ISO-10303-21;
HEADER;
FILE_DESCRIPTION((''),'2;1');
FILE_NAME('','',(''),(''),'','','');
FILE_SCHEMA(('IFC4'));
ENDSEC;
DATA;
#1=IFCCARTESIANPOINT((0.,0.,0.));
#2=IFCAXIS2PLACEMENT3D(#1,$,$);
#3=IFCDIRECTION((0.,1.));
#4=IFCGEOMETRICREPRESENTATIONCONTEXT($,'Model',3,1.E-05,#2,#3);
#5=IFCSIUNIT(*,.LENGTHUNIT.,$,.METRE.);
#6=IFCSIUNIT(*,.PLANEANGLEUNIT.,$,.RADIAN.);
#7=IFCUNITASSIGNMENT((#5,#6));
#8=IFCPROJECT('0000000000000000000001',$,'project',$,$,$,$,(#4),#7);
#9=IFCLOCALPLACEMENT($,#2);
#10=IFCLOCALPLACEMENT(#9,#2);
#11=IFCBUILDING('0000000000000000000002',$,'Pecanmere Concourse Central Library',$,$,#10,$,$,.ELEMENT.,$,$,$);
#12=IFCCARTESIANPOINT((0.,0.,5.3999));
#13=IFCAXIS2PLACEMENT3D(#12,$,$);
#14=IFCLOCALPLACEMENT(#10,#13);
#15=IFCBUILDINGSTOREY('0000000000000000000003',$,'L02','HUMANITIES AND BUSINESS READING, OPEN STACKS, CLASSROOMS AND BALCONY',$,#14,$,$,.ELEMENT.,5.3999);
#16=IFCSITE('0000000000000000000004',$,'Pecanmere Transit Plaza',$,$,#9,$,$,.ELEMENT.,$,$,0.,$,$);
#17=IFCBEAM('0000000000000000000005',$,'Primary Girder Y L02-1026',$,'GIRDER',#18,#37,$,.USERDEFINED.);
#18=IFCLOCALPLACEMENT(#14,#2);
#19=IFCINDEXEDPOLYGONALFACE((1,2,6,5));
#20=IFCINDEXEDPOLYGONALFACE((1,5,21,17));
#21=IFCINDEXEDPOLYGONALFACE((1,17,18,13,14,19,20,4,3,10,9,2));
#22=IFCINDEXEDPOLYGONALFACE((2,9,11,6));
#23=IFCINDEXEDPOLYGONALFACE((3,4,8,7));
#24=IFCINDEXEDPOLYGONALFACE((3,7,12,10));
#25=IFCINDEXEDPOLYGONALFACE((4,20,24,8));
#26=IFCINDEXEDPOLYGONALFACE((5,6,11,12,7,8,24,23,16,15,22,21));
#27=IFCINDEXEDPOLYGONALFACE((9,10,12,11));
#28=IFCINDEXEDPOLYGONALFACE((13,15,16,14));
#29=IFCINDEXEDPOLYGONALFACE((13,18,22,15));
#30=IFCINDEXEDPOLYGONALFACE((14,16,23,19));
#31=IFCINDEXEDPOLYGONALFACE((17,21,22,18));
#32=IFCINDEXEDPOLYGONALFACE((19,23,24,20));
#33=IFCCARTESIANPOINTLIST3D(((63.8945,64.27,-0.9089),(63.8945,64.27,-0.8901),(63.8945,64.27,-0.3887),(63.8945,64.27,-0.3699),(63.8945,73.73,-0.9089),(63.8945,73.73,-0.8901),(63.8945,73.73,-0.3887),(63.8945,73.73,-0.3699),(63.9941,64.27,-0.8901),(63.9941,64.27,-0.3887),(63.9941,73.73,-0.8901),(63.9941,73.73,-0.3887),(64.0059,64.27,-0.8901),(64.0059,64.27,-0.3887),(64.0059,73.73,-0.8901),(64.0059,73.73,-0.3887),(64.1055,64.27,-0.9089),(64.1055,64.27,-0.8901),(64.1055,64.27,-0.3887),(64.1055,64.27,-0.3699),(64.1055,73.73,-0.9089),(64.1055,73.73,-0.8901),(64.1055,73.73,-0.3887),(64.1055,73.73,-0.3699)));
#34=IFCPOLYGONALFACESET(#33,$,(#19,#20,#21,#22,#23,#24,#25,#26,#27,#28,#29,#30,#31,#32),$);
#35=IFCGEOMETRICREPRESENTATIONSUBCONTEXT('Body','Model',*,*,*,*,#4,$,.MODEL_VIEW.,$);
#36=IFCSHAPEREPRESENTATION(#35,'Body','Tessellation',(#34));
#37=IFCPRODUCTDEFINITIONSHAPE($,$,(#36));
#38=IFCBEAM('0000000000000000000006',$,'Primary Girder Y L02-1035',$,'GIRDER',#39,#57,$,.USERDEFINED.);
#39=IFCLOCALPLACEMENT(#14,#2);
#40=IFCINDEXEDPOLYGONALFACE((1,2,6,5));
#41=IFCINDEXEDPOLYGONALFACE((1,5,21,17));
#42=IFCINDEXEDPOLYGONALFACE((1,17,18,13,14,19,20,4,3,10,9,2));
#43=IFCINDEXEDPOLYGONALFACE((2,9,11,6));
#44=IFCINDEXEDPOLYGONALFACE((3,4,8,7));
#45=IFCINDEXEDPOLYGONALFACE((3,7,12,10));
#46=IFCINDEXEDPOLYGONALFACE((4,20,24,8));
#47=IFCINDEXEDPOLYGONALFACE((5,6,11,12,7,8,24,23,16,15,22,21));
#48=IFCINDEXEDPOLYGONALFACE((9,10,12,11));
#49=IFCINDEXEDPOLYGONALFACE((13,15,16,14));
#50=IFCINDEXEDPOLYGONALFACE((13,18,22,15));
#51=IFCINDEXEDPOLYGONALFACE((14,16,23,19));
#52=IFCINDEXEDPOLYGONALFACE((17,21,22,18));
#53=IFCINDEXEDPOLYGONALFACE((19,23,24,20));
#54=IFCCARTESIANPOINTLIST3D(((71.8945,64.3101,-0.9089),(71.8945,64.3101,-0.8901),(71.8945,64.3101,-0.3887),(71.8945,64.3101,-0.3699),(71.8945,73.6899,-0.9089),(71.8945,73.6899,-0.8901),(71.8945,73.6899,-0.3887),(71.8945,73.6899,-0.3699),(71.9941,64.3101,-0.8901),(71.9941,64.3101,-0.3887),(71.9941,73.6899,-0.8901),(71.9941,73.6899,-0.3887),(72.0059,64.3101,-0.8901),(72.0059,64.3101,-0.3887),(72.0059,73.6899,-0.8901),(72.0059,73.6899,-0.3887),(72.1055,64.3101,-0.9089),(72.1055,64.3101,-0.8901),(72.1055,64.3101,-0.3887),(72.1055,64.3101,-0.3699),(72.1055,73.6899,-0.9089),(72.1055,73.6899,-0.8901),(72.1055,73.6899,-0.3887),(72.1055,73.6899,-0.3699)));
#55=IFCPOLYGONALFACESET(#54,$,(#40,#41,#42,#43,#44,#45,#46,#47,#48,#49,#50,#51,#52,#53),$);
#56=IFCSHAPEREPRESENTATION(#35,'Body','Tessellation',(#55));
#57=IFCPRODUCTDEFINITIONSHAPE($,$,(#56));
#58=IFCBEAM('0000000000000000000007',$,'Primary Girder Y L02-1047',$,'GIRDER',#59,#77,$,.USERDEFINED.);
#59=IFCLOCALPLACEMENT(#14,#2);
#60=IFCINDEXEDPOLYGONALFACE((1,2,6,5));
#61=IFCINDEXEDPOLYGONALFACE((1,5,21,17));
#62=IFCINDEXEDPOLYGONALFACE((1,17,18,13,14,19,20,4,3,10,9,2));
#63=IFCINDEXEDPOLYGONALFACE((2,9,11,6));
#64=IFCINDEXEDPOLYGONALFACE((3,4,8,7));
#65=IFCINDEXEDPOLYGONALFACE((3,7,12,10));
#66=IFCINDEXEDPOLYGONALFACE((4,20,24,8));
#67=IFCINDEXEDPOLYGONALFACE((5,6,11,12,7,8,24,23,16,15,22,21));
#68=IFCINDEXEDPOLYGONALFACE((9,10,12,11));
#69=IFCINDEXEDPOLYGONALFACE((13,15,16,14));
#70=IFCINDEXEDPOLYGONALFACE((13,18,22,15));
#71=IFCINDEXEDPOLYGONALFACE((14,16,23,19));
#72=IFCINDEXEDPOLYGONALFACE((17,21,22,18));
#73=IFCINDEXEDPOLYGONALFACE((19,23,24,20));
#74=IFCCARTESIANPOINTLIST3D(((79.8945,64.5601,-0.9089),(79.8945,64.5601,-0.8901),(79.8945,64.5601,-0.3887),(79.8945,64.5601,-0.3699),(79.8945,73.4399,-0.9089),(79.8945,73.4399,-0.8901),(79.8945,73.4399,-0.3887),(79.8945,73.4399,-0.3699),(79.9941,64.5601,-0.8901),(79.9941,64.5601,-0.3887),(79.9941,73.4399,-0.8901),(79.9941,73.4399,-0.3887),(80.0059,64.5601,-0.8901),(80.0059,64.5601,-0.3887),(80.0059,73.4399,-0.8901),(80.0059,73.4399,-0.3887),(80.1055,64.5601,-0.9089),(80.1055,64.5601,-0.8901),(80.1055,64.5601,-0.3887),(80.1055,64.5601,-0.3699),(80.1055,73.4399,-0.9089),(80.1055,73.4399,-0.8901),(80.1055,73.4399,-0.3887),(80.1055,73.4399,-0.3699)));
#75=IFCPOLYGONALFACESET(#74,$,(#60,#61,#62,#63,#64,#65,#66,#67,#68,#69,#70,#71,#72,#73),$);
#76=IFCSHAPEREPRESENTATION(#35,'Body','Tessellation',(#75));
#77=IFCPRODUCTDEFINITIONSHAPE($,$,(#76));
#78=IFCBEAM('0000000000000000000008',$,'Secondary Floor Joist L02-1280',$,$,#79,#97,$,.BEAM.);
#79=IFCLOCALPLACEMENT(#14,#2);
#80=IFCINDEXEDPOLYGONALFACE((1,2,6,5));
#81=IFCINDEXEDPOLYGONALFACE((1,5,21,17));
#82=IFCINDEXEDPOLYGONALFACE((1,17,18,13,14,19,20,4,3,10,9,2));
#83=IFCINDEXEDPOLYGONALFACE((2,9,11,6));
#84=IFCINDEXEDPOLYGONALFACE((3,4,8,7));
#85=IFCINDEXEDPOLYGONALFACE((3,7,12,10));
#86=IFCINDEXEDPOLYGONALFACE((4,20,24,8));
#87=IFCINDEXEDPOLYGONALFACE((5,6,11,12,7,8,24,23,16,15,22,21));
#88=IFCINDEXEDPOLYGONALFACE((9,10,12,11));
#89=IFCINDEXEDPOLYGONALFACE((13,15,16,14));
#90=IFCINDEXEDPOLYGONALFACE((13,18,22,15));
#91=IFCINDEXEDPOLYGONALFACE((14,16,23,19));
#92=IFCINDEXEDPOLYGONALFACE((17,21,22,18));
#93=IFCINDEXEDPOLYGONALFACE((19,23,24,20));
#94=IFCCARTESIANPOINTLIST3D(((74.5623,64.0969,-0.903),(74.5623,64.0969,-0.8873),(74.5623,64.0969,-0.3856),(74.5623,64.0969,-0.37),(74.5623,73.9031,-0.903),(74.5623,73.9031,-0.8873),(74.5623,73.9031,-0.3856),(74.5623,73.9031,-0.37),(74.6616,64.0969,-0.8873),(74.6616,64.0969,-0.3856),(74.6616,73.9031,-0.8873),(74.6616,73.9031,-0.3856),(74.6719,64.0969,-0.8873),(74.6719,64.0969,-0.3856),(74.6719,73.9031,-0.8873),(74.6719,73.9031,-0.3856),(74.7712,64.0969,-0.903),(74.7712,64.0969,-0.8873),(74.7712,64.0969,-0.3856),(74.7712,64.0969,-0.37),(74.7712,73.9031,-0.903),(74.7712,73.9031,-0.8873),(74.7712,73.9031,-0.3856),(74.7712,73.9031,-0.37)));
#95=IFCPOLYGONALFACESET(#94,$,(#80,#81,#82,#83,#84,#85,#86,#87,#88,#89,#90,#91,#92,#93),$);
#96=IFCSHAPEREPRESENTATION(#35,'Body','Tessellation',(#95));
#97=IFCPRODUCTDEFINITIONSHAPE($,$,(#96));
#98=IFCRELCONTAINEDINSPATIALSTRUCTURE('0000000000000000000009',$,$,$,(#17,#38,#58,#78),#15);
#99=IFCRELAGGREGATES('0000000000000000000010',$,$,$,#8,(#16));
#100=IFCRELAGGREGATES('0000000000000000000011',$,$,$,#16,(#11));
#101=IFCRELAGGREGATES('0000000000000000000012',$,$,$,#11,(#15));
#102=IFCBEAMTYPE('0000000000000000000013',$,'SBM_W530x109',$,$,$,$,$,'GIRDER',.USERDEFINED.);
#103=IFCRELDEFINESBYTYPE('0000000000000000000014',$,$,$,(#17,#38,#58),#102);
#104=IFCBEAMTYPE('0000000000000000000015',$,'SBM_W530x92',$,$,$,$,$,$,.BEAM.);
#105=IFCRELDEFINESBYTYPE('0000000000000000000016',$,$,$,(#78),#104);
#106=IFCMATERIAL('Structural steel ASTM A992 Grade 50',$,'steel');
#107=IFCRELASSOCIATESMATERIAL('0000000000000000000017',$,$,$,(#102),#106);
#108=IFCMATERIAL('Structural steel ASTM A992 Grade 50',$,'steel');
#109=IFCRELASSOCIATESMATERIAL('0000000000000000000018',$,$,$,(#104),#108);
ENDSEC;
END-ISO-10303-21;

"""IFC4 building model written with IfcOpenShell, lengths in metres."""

from ifc_helpers import new_model, si_unit, direction, frame, origin, origin_2d, place, context, subcontext, project, spatial, i_section, extrude, material, material_profile, profile_set, type_object, element, save


model = new_model("IFC4")

# Units and contexts
model_context = context("Model", 3, precision=1e-05, world=origin(), true_north=direction((0.0, 1.0)))
body_context = subcontext(model_context, "Body", "Model", "MODEL_VIEW")
ifc_project = project(units=[si_unit("LENGTHUNIT", "METRE"), si_unit("PLANEANGLEUNIT", "RADIAN")], contexts=[model_context])

# Site, building, storey
site_placement = place(None, origin())
site = spatial("IfcSite", under=ifc_project, at=site_placement, Name="Pecanmere Transit Plaza", CompositionType="ELEMENT", RefElevation=0.0)
building_placement = place(site_placement, origin())
building = spatial("IfcBuilding", under=site, at=building_placement, Name="Pecanmere Concourse Central Library", CompositionType="ELEMENT")
storey_placement = place(building_placement, frame((0.0, 0.0, 5.3999)))
storey = spatial("IfcBuildingStorey", under=building, at=storey_placement, Name="L02", Description="HUMANITIES AND BUSINESS READING, OPEN STACKS, CLASSROOMS AND BALCONY", CompositionType="ELEMENT", Elevation=5.3999)

# Beams
ifc_material_1 = material(Name="Structural steel ASTM A992 Grade 50", Category="steel")
ifc_material_profile_1 = material_profile(ifc_material_1, i_section(OverallWidth=0.2109, OverallDepth=0.5391, WebThickness=0.0117, FlangeThickness=0.0188, at=origin_2d()), Name="W530x109")
ifc_profile_set_1 = profile_set([ifc_material_profile_1], Name="Structural steel ASTM A992 Grade 50")
beam_type_1 = type_object("IfcBeamType", Name="SBM_W530x109", ElementType="GIRDER", PredefinedType="USERDEFINED", material=ifc_profile_set_1)
beam_1_placement = place(storey_placement, frame((64.0, 64.27, -0.6394), z_axis=(0.0, 1.0, 0.0), x_axis=(-1.0, 0.0, 0.0)))
element("IfcBeam", 1, at=beam_1_placement, inside=storey, type_object=beam_type_1, Name="Primary Girder Y L02-1026", ObjectType="GIRDER", PredefinedType="USERDEFINED", context=body_context, shape_type="SweptSolid", body=[
    extrude(i_section(OverallWidth=0.2109, OverallDepth=0.5391, WebThickness=0.0117, FlangeThickness=0.0188, at=origin_2d()), origin(), (0.0, 0.0, 1.0), 9.46),
])
beam_2_placement = place(storey_placement, frame((72.0, 64.3101, -0.6394), z_axis=(0.0, 1.0, 0.0), x_axis=(-1.0, 0.0, 0.0)))
element("IfcBeam", 2, at=beam_2_placement, inside=storey, type_object=beam_type_1, Name="Primary Girder Y L02-1035", ObjectType="GIRDER", PredefinedType="USERDEFINED", context=body_context, shape_type="SweptSolid", body=[
    extrude(i_section(OverallWidth=0.2109, OverallDepth=0.5391, WebThickness=0.0117, FlangeThickness=0.0188, at=origin_2d()), origin(), (0.0, 0.0, 1.0), 9.3799),
])
beam_3_placement = place(storey_placement, frame((80.0, 64.5601, -0.6394), z_axis=(0.0, 1.0, 0.0), x_axis=(-1.0, 0.0, 0.0)))
element("IfcBeam", 3, at=beam_3_placement, inside=storey, type_object=beam_type_1, Name="Primary Girder Y L02-1047", ObjectType="GIRDER", PredefinedType="USERDEFINED", context=body_context, shape_type="SweptSolid", body=[
    extrude(i_section(OverallWidth=0.2109, OverallDepth=0.5391, WebThickness=0.0117, FlangeThickness=0.0188, at=origin_2d()), origin(), (0.0, 0.0, 1.0), 8.8799),
])
ifc_material_2 = material(Name="Structural steel ASTM A992 Grade 50", Category="steel")
ifc_material_profile_2 = material_profile(ifc_material_2, i_section(OverallWidth=0.209, OverallDepth=0.533, WebThickness=0.0103, FlangeThickness=0.0156, at=origin_2d()), Name="W530x92")
ifc_profile_set_2 = profile_set([ifc_material_profile_2], Name="Structural steel ASTM A992 Grade 50")
beam_type_2 = type_object("IfcBeamType", Name="SBM_W530x92", PredefinedType="BEAM", material=ifc_profile_set_2)
beam_4_placement = place(storey_placement, frame((74.6667, 64.0969, -0.6365), z_axis=(0.0, 1.0, 0.0), x_axis=(-1.0, 0.0, 0.0)))
element("IfcBeam", 4, at=beam_4_placement, inside=storey, type_object=beam_type_2, Name="Secondary Floor Joist L02-1280", PredefinedType="BEAM", context=body_context, shape_type="SweptSolid", body=[
    extrude(i_section(OverallWidth=0.209, OverallDepth=0.533, WebThickness=0.0103, FlangeThickness=0.0156, at=origin_2d()), origin(), (0.0, 0.0, 1.0), 9.8062),
])

save(model, "model.ifc")
